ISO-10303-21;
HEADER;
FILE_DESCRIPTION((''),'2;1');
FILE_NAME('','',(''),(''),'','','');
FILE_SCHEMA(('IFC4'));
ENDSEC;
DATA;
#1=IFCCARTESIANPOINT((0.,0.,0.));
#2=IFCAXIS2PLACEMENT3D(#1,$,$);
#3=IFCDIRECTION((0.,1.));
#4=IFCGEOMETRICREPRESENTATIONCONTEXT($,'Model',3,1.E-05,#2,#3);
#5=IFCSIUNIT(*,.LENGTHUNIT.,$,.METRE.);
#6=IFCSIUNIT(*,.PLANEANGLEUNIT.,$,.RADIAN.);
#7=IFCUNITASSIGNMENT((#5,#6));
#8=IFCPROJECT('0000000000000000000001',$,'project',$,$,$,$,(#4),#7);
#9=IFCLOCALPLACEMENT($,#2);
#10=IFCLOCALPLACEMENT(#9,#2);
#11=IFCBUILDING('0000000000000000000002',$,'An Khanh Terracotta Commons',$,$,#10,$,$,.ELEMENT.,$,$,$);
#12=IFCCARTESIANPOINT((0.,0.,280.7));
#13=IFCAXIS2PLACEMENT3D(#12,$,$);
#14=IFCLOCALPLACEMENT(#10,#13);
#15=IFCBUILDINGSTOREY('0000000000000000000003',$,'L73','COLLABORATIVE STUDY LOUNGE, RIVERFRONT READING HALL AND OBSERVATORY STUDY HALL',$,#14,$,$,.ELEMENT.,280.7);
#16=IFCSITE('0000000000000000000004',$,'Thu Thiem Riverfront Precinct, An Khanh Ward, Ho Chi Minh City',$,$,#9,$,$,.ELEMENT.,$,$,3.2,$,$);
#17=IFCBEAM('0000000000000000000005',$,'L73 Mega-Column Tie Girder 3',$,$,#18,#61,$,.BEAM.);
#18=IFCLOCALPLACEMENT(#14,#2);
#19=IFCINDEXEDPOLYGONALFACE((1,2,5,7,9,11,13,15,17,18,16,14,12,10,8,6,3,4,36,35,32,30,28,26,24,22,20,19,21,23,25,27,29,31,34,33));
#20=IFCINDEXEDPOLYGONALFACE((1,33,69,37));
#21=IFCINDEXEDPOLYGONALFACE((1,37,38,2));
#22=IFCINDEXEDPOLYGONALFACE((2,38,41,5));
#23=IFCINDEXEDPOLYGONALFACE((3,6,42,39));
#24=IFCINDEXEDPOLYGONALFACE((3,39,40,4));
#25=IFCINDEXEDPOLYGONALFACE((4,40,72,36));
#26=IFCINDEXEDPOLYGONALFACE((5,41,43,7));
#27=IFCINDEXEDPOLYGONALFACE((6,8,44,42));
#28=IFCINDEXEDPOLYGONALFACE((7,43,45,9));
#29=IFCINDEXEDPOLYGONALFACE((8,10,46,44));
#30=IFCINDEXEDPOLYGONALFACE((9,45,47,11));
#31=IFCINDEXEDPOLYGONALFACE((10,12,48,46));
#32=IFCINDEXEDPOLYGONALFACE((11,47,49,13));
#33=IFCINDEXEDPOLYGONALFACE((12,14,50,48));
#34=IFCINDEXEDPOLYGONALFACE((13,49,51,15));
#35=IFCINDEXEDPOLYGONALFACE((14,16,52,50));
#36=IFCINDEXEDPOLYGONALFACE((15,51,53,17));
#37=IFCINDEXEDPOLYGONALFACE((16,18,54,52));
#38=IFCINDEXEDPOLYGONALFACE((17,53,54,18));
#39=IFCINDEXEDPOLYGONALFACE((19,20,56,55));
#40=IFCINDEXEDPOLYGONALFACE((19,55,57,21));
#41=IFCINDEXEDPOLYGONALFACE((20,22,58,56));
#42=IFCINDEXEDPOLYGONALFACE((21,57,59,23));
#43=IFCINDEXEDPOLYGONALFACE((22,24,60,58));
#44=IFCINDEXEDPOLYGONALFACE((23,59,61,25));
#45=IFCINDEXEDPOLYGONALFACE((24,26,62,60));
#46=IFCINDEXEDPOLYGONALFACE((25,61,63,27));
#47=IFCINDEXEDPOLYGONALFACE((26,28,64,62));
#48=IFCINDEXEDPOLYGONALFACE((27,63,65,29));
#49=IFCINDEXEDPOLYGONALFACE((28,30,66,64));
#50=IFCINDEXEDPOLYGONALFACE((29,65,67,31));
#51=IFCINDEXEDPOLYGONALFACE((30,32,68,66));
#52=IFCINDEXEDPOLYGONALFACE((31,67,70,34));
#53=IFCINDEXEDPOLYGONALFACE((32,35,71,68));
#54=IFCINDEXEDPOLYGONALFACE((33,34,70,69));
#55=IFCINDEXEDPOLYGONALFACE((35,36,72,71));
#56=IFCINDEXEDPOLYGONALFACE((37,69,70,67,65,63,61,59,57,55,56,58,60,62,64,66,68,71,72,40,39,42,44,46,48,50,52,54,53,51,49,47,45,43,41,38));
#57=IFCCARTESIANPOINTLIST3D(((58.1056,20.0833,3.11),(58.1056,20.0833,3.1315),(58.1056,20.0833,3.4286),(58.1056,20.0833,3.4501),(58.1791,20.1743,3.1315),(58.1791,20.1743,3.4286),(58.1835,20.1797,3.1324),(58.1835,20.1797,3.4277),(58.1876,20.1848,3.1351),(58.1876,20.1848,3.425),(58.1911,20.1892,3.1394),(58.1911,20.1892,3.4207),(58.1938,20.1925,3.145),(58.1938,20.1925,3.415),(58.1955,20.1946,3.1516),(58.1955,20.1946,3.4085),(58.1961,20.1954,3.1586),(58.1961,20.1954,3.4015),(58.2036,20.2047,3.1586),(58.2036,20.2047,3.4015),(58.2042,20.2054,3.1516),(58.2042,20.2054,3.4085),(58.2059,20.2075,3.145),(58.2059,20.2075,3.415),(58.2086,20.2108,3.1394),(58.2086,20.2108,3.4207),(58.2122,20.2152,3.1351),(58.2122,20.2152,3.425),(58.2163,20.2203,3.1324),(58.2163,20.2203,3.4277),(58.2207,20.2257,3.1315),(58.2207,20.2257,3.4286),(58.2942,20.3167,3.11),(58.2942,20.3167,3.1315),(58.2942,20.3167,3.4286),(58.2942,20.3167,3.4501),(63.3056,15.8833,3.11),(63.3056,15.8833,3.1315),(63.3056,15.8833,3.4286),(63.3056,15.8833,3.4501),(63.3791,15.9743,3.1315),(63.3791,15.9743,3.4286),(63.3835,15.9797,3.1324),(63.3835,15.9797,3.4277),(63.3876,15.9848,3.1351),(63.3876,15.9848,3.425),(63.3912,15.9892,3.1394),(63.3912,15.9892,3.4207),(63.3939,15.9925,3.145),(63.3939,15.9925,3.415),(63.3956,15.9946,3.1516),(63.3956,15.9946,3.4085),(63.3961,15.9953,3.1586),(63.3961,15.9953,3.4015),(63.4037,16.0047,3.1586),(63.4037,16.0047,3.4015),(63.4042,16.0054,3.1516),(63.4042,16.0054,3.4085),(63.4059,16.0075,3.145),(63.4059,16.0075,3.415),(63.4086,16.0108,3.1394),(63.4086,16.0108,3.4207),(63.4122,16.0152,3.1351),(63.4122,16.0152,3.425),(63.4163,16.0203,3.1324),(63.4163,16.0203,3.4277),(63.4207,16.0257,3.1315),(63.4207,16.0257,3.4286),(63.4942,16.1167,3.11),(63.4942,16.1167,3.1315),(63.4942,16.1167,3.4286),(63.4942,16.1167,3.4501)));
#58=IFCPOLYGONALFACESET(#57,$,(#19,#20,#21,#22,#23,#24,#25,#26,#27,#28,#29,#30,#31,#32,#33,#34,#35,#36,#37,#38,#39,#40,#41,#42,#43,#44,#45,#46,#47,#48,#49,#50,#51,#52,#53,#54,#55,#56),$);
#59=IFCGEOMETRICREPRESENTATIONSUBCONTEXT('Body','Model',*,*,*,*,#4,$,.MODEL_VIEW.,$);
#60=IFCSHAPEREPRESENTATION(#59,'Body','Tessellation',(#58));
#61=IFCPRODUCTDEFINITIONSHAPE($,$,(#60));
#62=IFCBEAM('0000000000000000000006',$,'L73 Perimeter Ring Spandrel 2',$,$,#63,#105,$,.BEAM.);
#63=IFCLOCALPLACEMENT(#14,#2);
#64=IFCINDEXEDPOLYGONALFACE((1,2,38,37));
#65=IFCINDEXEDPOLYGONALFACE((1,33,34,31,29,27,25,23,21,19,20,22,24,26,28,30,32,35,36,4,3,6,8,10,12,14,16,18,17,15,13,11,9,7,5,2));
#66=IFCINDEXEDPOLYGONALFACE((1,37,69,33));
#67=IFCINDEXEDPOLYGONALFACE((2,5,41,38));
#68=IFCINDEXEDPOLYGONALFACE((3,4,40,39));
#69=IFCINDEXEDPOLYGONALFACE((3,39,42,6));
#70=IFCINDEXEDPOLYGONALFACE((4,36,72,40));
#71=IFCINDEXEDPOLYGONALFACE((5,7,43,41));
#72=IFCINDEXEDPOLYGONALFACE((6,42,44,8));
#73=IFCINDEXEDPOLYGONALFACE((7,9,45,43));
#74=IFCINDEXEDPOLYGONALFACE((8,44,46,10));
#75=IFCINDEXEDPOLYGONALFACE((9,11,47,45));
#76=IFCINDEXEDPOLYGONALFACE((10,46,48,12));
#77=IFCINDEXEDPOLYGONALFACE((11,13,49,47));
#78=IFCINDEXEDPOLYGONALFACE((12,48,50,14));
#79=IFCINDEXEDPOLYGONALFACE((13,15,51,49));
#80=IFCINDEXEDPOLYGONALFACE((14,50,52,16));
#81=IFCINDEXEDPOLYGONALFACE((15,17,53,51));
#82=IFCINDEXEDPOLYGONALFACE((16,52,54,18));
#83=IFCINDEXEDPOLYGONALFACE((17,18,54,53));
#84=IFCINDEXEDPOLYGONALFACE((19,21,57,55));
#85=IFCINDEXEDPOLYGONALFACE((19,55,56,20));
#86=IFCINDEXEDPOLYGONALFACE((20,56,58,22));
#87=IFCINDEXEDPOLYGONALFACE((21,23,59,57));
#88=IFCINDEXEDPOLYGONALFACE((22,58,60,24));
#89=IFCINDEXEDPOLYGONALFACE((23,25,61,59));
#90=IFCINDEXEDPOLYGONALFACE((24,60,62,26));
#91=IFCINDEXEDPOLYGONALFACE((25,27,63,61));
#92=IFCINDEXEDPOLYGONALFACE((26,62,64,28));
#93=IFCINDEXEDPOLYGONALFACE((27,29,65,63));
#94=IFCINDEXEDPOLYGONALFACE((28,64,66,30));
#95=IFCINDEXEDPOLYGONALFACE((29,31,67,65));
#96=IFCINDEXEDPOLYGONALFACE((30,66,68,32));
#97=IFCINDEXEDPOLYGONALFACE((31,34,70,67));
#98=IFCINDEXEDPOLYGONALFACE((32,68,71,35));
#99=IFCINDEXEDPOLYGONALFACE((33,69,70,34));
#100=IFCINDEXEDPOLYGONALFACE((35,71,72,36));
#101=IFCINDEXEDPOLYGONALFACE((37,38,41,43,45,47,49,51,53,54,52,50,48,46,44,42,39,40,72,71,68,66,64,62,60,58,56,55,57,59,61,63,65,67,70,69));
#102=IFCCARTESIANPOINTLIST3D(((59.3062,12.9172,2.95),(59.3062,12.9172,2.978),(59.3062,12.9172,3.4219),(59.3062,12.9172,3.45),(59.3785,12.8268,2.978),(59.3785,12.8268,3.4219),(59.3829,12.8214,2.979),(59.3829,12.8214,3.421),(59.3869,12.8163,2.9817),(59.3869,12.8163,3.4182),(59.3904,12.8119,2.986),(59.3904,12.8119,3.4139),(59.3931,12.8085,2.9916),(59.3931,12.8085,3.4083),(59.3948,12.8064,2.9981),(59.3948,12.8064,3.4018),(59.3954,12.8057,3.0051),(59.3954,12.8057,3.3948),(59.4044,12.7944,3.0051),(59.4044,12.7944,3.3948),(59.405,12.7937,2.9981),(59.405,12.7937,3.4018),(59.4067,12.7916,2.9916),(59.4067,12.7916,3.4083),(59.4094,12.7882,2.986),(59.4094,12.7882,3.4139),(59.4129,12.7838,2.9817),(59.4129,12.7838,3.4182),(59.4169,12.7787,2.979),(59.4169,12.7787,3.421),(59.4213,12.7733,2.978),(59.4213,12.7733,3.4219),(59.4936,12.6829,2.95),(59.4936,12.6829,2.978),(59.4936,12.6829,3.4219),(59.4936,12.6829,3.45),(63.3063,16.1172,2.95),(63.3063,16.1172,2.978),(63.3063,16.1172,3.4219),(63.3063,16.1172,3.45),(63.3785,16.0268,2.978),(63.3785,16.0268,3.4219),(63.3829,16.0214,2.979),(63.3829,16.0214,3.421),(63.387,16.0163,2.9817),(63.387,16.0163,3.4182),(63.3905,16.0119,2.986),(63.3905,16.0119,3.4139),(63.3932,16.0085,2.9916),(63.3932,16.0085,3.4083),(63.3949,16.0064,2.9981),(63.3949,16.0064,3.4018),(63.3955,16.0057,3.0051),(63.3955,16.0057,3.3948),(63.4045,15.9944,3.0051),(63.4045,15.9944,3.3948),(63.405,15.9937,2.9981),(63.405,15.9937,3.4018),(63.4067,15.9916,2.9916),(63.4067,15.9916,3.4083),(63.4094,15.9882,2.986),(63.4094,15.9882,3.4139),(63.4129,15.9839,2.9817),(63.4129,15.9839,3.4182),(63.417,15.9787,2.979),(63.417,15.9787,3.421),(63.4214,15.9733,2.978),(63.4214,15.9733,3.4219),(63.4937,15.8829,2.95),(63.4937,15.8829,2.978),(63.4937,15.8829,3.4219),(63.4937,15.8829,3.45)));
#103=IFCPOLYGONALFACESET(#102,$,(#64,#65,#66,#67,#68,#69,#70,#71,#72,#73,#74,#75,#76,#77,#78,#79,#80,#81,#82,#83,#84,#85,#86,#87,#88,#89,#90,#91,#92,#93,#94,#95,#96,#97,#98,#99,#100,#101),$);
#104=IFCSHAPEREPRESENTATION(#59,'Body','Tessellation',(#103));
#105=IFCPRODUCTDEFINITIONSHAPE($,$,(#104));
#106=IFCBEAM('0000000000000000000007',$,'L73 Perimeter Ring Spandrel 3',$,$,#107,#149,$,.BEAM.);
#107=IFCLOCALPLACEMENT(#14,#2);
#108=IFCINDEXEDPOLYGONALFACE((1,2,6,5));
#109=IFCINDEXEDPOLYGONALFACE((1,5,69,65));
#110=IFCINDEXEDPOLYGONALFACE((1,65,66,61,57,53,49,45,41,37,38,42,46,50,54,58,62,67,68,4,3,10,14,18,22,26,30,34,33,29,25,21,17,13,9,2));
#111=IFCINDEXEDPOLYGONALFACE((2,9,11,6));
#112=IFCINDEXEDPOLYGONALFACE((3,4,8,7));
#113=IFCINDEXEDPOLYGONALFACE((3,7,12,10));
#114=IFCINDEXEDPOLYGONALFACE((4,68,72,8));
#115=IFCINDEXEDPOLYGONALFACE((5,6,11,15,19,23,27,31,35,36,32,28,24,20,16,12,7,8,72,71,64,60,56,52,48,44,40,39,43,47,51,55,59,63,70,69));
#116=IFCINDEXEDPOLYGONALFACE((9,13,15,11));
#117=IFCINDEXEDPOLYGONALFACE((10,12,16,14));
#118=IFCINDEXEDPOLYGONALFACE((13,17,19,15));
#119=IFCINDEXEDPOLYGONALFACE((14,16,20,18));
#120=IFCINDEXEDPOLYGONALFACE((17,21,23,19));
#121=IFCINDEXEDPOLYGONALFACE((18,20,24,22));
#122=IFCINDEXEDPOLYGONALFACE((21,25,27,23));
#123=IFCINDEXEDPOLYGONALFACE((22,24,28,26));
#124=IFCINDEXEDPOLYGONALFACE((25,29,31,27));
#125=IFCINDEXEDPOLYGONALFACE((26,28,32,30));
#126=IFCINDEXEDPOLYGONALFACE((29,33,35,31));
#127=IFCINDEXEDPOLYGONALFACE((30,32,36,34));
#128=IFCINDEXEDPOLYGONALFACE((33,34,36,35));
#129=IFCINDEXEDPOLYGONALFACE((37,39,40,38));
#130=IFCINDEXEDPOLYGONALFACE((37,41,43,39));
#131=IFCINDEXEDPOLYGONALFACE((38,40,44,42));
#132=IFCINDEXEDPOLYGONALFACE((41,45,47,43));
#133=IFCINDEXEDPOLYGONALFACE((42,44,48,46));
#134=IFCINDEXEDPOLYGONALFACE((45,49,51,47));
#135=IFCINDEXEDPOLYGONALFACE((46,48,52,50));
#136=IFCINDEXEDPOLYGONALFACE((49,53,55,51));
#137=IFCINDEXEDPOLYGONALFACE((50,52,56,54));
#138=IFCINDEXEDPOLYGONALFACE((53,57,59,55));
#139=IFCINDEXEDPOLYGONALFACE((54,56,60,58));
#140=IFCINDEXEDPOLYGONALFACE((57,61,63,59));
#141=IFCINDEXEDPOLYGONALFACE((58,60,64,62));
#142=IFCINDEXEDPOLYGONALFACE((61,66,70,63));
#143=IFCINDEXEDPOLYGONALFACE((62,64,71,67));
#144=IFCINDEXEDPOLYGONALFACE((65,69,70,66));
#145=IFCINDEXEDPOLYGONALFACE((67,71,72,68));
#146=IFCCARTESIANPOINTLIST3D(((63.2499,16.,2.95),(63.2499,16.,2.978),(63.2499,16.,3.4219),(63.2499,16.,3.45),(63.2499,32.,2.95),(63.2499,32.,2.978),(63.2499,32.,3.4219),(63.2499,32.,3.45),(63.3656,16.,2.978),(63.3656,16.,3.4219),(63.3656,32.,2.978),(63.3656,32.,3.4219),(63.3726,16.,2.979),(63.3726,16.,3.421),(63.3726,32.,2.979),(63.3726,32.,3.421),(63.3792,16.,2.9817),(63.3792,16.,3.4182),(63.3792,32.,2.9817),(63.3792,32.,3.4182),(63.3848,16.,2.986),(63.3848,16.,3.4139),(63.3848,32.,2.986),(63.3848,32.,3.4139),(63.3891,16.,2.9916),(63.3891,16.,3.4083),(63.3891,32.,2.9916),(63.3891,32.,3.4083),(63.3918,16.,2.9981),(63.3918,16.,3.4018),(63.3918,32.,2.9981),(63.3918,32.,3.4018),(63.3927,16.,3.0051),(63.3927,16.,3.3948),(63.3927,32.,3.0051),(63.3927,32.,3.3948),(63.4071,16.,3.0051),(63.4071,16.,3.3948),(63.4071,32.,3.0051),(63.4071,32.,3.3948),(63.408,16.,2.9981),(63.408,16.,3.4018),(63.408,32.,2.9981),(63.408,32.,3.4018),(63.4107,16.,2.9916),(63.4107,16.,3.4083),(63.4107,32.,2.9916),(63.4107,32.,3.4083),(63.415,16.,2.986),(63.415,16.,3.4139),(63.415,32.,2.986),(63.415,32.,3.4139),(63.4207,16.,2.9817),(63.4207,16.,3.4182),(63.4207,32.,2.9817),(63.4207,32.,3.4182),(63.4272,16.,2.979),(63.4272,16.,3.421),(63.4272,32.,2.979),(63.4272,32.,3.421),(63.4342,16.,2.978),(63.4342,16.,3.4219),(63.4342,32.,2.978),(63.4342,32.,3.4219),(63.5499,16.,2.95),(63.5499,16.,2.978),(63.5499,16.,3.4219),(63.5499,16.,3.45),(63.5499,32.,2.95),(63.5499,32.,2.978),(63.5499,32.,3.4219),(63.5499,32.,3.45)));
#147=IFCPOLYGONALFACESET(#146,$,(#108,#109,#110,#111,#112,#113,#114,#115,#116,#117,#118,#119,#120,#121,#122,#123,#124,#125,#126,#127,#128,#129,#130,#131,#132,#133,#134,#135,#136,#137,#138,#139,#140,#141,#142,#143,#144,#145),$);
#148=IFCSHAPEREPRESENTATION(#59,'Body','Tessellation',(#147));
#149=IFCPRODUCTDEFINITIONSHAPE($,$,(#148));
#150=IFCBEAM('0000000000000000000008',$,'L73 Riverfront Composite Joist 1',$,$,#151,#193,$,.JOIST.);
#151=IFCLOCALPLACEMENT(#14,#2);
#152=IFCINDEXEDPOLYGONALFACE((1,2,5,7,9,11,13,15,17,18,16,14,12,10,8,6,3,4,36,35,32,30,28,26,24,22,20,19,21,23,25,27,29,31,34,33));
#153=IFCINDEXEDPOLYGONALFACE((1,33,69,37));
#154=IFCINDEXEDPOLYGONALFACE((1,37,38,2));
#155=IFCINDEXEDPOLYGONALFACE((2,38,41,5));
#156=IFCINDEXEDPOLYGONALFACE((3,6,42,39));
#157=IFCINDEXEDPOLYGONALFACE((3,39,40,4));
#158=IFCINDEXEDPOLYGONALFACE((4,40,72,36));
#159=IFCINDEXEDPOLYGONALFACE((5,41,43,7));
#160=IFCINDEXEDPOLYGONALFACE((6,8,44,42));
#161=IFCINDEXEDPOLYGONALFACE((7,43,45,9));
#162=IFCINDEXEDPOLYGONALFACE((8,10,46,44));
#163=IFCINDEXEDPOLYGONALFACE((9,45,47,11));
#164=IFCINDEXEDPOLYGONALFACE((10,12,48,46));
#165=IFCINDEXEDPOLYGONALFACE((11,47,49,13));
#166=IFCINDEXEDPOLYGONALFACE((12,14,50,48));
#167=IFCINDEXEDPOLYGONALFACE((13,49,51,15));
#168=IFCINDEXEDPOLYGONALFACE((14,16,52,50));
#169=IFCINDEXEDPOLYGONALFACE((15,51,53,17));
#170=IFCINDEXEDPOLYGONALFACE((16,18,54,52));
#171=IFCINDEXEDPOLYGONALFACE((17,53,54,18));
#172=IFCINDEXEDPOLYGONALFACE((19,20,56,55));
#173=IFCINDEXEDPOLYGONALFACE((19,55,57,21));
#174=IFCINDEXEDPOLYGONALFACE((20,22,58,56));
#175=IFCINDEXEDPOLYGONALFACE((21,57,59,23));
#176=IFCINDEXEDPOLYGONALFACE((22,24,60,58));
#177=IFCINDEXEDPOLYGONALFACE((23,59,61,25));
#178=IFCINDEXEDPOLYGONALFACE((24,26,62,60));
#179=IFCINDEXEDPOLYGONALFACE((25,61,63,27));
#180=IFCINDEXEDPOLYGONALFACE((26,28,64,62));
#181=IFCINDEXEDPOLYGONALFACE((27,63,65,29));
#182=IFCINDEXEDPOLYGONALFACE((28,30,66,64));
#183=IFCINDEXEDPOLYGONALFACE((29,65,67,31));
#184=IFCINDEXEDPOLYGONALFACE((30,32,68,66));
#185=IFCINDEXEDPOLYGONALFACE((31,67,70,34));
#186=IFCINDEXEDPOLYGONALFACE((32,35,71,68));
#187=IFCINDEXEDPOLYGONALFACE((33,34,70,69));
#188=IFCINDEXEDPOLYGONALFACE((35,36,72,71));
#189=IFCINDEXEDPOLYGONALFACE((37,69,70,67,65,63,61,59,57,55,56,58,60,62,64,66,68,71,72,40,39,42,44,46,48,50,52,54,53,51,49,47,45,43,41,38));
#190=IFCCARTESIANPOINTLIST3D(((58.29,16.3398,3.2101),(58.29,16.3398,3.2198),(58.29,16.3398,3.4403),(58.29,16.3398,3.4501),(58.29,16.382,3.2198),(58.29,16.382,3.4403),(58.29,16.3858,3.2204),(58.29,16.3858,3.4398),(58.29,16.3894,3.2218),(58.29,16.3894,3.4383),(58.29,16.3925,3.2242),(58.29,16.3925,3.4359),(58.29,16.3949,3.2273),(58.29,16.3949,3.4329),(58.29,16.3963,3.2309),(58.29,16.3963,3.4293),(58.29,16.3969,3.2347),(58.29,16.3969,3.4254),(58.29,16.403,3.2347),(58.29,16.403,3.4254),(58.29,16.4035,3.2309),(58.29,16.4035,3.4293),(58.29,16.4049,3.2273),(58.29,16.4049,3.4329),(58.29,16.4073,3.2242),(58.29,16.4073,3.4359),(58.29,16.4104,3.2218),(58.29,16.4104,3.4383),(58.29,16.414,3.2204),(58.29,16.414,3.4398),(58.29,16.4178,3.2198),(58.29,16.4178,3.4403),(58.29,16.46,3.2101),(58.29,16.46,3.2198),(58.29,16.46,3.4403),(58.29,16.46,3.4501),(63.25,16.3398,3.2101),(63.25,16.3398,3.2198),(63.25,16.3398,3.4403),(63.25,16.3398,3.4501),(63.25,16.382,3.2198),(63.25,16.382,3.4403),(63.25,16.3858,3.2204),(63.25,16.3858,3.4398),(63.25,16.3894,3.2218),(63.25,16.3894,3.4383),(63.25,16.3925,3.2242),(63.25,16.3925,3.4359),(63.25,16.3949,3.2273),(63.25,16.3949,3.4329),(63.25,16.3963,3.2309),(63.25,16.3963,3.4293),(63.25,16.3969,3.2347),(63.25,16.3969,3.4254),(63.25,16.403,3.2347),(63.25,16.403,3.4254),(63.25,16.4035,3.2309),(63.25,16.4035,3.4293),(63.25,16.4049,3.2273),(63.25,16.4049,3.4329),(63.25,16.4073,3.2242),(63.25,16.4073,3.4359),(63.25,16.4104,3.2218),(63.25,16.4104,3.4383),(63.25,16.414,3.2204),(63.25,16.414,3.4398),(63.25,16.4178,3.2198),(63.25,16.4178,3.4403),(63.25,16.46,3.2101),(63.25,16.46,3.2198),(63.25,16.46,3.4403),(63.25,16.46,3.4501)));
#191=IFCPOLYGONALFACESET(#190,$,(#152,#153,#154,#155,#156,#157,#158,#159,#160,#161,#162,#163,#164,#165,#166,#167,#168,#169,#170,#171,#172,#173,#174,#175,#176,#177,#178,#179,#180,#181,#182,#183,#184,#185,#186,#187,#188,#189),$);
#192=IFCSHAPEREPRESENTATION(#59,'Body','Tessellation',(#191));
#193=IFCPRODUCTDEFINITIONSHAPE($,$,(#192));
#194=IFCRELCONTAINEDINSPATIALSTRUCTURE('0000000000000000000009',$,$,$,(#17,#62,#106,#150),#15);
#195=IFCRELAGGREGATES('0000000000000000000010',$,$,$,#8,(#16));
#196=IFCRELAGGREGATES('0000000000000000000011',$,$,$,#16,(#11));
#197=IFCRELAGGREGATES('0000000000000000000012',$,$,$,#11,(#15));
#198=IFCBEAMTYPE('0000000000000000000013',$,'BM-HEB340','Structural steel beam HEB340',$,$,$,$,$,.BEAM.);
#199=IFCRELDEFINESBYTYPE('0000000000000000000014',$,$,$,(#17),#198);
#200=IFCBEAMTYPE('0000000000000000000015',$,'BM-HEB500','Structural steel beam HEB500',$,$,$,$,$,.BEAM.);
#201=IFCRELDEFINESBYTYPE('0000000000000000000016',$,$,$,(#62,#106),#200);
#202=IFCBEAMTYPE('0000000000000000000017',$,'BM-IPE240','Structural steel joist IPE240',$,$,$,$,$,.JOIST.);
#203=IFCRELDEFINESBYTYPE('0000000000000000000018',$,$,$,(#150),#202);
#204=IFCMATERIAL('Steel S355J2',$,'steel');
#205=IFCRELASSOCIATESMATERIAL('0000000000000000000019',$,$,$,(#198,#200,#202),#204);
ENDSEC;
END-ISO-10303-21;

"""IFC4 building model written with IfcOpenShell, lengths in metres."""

from ifc_helpers import new_model, si_unit, direction, frame, origin, origin_2d, place, context, subcontext, project, spatial, i_section, extrude, material, material_profile, profile_set, type_object, element, save


model = new_model("IFC4")

# Units and contexts
model_context = context("Model", 3, precision=1e-05, world=origin(), true_north=direction((0.0, 1.0)))
body_context = subcontext(model_context, "Body", "Model", "MODEL_VIEW")
ifc_project = project(units=[si_unit("LENGTHUNIT", "METRE"), si_unit("PLANEANGLEUNIT", "RADIAN")], contexts=[model_context])

# Site, building, storey
site_placement = place(None, origin())
site = spatial("IfcSite", under=ifc_project, at=site_placement, Name="Thu Thiem Riverfront Precinct, An Khanh Ward, Ho Chi Minh City", CompositionType="ELEMENT", RefElevation=3.2)
building_placement = place(site_placement, origin())
building = spatial("IfcBuilding", under=site, at=building_placement, Name="An Khanh Terracotta Commons", CompositionType="ELEMENT")
storey_placement = place(building_placement, frame((0.0, 0.0, 280.7)))
storey = spatial("IfcBuildingStorey", under=building, at=storey_placement, Name="L73", Description="COLLABORATIVE STUDY LOUNGE, RIVERFRONT READING HALL AND OBSERVATORY STUDY HALL", CompositionType="ELEMENT", Elevation=280.7)

# Beams
ifc_material_1 = material(Name="Steel S355J2", Category="steel")
ifc_material_profile_1 = material_profile(ifc_material_1, i_section(OverallWidth=0.3, OverallDepth=0.3401, WebThickness=0.012, FlangeThickness=0.0215, FilletRadius=0.0271, at=origin_2d()), Name="HEB340")
ifc_profile_set_1 = profile_set([ifc_material_profile_1], Name="Steel S355J2")
beam_type_1 = type_object("IfcBeamType", Name="BM-HEB340", Description="Structural steel beam HEB340", PredefinedType="BEAM", material=ifc_profile_set_1)
beam_1_placement = place(storey_placement, frame((63.3999, 16.0, 3.28), z_axis=(-0.777942, 0.628336, 0.0), x_axis=(-0.628336, -0.777942, 0.0)))
element("IfcBeam", 1, at=beam_1_placement, inside=storey, type_object=beam_type_1, Name="L73 Mega-Column Tie Girder 3", PredefinedType="BEAM", context=body_context, shape_type="SweptSolid", body=[
    extrude(i_section(OverallWidth=0.3, OverallDepth=0.3401, WebThickness=0.012, FlangeThickness=0.0215, FilletRadius=0.0271, at=origin_2d()), origin(), (0.0, 0.0, 1.0), 6.6843),
])
ifc_material_profile_2 = material_profile(ifc_material_1, i_section(OverallWidth=0.3, OverallDepth=0.5, WebThickness=0.0144, FlangeThickness=0.0281, FilletRadius=0.0271, at=origin_2d()), Name="HEB500")
ifc_profile_set_2 = profile_set([ifc_material_profile_2], Name="Steel S355J2")
beam_type_2 = type_object("IfcBeamType", Name="BM-HEB500", Description="Structural steel beam HEB500", PredefinedType="BEAM", material=ifc_profile_set_2)
beam_2_placement = place(storey_placement, frame((59.3999, 12.8, 3.2), z_axis=(0.780873, 0.624689, 0.0), x_axis=(-0.624689, 0.780873, 0.0)))
element("IfcBeam", 2, at=beam_2_placement, inside=storey, type_object=beam_type_2, Name="L73 Perimeter Ring Spandrel 2", PredefinedType="BEAM", context=body_context, shape_type="SweptSolid", body=[
    extrude(i_section(OverallWidth=0.3, OverallDepth=0.5, WebThickness=0.0144, FlangeThickness=0.0281, FilletRadius=0.0271, at=origin_2d()), origin(), (0.0, 0.0, 1.0), 5.1226),
])
beam_3_placement = place(storey_placement, frame((63.3999, 16.0, 3.2), z_axis=(0.0, 1.0, 0.0), x_axis=(-1.0, 0.0, 0.0)))
element("IfcBeam", 3, at=beam_3_placement, inside=storey, type_object=beam_type_2, Name="L73 Perimeter Ring Spandrel 3", PredefinedType="BEAM", context=body_context, shape_type="SweptSolid", body=[
    extrude(i_section(OverallWidth=0.3, OverallDepth=0.5, WebThickness=0.0144, FlangeThickness=0.0281, FilletRadius=0.0271, at=origin_2d()), origin(), (0.0, 0.0, 1.0), 16.0),
])
ifc_material_profile_3 = material_profile(ifc_material_1, i_section(OverallWidth=0.1201, OverallDepth=0.24, WebThickness=0.0061, FlangeThickness=0.0098, FilletRadius=0.0149, at=origin_2d()), Name="IPE240")
ifc_profile_set_3 = profile_set([ifc_material_profile_3], Name="Steel S355J2")
beam_type_3 = type_object("IfcBeamType", Name="BM-IPE240", Description="Structural steel joist IPE240", PredefinedType="JOIST", material=ifc_profile_set_3)
for number, where, z_axis, x_axis, name in (
    (4, (58.29, 16.3999, 3.3301), (1.0, 0.0, 0.0), (0.0, 1.0, 0.0), "L73 Riverfront Composite Joist 1"),
):
    element("IfcBeam", number, at=place(storey_placement, frame(where, z_axis=z_axis, x_axis=x_axis)), inside=storey, type_object=beam_type_3, Name=name, PredefinedType="JOIST", context=body_context, shape_type="SweptSolid", body=[
        extrude(i_section(OverallWidth=0.1201, OverallDepth=0.24, WebThickness=0.0061, FlangeThickness=0.0098, FilletRadius=0.0149, at=origin_2d()), origin(), (0.0, 0.0, 1.0), 4.96),
    ])

save(model, "model.ifc")
